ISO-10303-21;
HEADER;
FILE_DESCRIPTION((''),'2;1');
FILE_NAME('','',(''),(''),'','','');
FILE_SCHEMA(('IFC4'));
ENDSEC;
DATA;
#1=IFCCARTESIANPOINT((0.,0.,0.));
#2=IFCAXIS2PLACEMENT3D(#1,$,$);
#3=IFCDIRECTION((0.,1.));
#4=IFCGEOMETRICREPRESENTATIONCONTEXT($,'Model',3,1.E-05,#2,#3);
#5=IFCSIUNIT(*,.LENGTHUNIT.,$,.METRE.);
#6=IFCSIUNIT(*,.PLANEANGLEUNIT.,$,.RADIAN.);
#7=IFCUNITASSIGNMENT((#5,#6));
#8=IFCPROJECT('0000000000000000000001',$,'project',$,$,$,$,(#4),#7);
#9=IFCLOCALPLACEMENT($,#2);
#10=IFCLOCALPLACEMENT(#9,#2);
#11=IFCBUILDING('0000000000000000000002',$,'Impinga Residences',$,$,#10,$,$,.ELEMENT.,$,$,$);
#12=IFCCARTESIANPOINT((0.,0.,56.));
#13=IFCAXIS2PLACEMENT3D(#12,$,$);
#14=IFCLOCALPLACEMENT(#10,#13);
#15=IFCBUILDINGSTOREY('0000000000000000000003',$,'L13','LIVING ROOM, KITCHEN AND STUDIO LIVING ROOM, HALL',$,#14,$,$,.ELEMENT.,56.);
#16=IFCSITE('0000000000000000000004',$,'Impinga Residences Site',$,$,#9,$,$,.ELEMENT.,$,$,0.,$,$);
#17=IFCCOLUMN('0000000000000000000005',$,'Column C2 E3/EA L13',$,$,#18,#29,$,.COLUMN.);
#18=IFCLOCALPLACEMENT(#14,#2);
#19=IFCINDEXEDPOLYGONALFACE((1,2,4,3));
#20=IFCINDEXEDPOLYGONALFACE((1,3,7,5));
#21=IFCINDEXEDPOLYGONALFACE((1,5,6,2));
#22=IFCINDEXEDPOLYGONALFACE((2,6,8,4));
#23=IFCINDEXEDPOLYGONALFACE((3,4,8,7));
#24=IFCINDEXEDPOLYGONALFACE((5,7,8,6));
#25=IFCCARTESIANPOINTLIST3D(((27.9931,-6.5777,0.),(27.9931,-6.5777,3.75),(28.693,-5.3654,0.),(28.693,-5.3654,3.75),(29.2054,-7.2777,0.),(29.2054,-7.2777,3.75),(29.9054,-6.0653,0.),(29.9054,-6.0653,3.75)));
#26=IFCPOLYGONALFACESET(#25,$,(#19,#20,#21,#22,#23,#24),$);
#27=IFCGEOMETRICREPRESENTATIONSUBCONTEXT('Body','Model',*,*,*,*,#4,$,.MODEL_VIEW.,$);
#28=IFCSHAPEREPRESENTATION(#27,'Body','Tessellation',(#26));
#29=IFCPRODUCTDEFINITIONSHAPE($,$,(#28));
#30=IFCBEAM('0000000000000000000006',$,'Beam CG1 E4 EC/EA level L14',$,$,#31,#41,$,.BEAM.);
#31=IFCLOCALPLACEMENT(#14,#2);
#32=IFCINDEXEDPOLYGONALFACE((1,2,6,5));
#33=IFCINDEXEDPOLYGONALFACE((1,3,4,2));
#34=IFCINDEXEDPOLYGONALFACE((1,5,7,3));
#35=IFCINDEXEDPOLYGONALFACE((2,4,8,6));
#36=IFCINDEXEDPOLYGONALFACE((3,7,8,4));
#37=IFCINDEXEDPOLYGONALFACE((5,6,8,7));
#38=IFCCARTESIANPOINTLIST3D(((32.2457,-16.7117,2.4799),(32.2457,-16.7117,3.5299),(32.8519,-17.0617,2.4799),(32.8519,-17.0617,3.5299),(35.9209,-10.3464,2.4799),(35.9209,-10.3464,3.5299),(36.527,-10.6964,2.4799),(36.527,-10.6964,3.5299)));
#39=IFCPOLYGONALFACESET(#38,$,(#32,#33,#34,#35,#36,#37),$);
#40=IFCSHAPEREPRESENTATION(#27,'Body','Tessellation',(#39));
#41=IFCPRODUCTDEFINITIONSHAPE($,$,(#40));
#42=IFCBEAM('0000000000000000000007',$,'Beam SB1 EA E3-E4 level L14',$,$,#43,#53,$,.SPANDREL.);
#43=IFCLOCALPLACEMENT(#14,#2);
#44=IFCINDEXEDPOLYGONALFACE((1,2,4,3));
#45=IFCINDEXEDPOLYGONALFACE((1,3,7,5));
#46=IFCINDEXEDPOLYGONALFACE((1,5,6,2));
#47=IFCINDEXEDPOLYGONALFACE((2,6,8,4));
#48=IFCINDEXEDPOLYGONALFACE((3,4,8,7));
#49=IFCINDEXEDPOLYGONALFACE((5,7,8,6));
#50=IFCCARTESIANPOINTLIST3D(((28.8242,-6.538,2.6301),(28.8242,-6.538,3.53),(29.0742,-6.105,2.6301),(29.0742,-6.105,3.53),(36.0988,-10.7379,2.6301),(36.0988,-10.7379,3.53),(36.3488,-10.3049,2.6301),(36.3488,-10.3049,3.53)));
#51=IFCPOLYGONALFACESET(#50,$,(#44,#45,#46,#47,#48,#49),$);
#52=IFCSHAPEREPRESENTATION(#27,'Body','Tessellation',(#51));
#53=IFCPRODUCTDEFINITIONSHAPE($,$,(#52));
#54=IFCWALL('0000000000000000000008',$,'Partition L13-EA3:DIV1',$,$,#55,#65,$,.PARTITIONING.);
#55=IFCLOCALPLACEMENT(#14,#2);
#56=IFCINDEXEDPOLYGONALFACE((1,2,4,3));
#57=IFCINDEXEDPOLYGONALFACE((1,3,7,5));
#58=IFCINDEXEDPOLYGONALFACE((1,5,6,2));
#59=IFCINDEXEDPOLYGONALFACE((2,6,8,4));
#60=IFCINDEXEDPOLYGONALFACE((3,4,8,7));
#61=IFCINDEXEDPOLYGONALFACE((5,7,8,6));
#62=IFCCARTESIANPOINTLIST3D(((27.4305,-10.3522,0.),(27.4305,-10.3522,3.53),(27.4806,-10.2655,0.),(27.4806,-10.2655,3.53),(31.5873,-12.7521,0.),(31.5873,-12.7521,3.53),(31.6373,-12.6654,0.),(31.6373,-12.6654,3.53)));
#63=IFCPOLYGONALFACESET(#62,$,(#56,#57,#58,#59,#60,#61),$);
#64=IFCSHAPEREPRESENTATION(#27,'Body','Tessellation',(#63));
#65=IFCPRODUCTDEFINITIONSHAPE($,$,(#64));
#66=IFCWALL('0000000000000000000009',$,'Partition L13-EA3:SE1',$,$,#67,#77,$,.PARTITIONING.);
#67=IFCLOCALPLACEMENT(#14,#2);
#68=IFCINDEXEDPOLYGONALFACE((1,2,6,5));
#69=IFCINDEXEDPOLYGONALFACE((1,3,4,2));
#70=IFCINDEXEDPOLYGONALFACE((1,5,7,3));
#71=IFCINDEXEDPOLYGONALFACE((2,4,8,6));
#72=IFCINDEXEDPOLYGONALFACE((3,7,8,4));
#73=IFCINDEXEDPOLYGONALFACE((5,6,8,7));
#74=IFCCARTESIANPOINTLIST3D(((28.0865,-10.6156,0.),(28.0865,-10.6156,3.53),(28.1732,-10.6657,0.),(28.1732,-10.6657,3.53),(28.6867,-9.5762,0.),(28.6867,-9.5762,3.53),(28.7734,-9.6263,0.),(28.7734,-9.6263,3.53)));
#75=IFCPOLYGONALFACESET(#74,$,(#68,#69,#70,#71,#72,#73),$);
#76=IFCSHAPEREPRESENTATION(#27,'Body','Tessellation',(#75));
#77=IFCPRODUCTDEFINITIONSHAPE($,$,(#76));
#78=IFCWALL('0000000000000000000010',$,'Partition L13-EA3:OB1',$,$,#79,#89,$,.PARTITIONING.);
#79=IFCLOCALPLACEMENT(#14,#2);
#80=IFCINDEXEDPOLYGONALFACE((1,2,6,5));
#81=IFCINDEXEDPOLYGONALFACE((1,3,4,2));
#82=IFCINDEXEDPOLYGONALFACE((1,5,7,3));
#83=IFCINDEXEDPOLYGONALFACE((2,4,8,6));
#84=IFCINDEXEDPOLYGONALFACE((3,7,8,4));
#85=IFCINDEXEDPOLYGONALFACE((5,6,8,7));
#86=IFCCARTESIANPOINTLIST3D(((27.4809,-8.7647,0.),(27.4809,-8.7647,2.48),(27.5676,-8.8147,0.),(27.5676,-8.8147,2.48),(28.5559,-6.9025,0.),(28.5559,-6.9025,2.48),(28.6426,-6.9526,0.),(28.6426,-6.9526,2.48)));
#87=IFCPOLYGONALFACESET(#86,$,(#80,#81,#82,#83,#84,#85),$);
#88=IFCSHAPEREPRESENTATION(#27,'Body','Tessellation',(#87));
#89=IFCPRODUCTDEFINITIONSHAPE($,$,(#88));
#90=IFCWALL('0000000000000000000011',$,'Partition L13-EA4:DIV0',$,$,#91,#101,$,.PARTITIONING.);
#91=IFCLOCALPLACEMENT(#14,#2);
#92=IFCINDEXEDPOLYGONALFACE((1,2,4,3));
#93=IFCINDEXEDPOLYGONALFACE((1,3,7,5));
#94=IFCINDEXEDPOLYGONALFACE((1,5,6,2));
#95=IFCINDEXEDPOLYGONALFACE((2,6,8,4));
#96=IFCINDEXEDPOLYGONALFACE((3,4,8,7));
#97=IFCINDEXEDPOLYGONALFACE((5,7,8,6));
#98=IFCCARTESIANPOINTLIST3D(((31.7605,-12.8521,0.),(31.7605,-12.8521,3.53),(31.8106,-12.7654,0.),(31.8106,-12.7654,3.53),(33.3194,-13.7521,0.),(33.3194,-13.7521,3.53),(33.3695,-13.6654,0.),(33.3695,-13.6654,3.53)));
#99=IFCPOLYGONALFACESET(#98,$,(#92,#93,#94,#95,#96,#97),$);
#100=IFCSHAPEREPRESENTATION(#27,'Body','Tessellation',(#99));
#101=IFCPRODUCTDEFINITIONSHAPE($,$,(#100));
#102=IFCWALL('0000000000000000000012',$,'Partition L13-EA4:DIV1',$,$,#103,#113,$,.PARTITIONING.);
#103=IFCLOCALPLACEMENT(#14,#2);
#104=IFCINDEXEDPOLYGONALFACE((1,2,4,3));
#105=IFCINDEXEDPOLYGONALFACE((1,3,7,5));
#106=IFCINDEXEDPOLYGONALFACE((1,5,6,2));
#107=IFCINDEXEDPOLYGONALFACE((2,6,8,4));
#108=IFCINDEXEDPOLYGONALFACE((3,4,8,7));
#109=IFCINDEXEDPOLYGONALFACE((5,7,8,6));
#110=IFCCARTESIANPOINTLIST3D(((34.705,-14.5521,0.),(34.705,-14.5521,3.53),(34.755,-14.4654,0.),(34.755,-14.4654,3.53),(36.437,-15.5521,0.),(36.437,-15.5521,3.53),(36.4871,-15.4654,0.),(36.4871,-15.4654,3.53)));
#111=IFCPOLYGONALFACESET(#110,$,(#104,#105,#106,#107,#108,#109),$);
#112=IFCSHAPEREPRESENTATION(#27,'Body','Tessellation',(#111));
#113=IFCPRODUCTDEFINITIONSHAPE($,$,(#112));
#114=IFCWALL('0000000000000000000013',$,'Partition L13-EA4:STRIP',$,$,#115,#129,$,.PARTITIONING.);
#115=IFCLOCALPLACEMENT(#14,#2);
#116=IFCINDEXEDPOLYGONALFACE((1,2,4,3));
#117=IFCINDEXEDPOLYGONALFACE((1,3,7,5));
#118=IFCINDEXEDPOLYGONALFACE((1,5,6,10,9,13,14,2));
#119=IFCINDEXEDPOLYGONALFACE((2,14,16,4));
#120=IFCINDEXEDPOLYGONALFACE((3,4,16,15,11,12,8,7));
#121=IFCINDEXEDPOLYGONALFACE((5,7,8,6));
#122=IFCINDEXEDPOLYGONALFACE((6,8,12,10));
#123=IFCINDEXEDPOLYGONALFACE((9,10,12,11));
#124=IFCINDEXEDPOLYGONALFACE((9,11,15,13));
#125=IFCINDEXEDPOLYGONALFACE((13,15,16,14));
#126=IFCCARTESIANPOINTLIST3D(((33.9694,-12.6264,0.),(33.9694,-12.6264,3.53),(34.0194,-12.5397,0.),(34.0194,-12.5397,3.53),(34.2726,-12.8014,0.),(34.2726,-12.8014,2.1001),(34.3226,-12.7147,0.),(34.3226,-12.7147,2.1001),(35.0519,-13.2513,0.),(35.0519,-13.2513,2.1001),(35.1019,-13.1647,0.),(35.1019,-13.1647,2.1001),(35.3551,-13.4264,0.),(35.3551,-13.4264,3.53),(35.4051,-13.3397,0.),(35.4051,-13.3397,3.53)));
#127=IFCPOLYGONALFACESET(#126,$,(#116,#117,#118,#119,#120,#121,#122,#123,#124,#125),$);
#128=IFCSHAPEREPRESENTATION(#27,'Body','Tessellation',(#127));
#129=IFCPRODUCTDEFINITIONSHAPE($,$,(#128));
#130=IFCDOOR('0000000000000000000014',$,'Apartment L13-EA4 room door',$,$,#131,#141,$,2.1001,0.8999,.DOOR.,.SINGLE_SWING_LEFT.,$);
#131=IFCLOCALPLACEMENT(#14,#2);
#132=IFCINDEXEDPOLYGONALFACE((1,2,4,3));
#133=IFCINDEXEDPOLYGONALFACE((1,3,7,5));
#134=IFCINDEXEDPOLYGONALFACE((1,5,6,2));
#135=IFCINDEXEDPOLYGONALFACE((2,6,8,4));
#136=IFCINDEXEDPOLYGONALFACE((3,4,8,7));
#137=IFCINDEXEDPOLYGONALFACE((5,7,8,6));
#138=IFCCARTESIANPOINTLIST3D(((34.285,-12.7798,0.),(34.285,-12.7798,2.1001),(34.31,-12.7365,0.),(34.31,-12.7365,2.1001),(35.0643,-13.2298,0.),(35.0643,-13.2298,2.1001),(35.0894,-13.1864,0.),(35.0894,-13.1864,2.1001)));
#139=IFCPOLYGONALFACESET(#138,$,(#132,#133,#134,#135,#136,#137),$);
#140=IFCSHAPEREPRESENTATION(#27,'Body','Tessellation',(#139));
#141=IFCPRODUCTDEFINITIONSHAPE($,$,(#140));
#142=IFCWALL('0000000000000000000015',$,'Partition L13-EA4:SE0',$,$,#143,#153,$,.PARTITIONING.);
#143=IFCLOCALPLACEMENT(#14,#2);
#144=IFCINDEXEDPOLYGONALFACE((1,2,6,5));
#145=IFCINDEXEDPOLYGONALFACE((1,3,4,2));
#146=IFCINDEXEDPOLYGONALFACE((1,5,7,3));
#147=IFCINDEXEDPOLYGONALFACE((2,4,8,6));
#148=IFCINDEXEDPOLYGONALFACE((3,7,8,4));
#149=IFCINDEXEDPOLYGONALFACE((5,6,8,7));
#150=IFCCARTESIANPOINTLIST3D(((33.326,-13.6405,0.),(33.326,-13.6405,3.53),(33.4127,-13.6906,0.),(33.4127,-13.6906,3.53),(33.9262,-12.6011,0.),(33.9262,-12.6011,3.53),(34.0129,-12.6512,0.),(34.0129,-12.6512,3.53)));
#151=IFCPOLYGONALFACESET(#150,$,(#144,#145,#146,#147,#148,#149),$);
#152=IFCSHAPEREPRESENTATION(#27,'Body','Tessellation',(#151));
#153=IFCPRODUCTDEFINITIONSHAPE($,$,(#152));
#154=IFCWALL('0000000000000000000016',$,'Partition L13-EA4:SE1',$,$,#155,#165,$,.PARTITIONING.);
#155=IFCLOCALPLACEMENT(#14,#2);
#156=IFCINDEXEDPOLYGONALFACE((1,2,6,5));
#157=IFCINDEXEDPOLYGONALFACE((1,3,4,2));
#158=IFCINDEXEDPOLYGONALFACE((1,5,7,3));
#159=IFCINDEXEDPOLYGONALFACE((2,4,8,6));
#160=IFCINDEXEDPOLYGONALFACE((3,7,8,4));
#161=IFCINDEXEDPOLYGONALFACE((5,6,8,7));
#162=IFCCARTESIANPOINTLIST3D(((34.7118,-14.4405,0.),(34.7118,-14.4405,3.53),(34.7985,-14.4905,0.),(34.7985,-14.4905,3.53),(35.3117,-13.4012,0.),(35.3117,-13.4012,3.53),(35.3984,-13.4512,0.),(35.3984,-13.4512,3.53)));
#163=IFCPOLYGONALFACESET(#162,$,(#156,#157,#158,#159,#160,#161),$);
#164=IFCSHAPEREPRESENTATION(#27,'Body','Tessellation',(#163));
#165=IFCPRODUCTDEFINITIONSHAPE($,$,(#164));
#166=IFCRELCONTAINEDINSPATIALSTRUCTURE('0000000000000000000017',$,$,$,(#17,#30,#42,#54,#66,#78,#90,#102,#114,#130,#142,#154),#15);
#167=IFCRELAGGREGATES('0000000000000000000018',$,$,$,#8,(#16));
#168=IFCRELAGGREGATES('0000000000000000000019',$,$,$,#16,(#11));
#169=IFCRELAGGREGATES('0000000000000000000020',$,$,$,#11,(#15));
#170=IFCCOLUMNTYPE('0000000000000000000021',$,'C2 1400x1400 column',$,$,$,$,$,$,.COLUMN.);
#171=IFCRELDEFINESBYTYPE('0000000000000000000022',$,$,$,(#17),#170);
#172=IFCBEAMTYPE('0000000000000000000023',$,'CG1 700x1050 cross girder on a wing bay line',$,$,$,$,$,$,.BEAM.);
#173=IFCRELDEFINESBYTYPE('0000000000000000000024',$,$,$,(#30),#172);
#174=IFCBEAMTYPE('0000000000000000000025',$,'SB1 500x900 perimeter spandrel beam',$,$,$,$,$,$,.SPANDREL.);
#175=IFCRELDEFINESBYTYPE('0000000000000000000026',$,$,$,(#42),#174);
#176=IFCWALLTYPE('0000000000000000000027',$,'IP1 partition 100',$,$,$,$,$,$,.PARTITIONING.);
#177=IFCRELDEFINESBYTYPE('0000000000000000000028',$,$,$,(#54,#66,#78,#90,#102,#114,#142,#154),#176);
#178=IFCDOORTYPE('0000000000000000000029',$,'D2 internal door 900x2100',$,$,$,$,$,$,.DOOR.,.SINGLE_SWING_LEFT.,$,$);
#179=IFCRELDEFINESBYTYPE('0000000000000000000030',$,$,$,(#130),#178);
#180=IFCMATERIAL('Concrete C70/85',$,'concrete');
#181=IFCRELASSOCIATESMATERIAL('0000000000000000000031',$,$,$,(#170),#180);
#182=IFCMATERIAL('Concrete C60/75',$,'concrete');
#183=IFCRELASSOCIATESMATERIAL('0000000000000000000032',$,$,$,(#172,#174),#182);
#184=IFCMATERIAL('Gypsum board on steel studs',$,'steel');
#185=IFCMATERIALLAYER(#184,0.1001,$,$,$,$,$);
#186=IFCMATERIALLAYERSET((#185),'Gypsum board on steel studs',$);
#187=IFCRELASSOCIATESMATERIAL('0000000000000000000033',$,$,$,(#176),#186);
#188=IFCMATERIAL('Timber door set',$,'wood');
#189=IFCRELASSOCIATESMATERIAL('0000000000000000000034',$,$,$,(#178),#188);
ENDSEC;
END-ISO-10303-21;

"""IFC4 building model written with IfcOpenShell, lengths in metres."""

from ifc_helpers import new_model, si_unit, direction, frame, frame_2d, origin, origin_2d, place, context, subcontext, project, spatial, rectangle, extrude, material, layer, layer_set, material_profile, profile_set, type_object, element, fill, save


model = new_model("IFC4")

# Units and contexts
model_context = context("Model", 3, precision=1e-05, world=origin(), true_north=direction((0.0, 1.0)))
body_context = subcontext(model_context, "Body", "Model", "MODEL_VIEW")
ifc_project = project(units=[si_unit("LENGTHUNIT", "METRE"), si_unit("PLANEANGLEUNIT", "RADIAN")], contexts=[model_context])

# Site, building, storey
site_placement = place(None, origin())
site = spatial("IfcSite", under=ifc_project, at=site_placement, Name="Impinga Residences Site", CompositionType="ELEMENT", RefElevation=0.0)
building_placement = place(site_placement, origin())
building = spatial("IfcBuilding", under=site, at=building_placement, Name="Impinga Residences", CompositionType="ELEMENT")
storey_placement = place(building_placement, frame((0.0, 0.0, 56.0)))
storey = spatial("IfcBuildingStorey", under=building, at=storey_placement, Name="L13", Description="LIVING ROOM, KITCHEN AND STUDIO LIVING ROOM, HALL", CompositionType="ELEMENT", Elevation=56.0)

# Column
ifc_material_1 = material(Name="Concrete C70/85", Category="concrete")
ifc_material_profile_1 = material_profile(ifc_material_1, rectangle(XDim=1.3999, YDim=1.3999, at=origin_2d()), Name="RC 1400x1400")
ifc_profile_set_1 = profile_set([ifc_material_profile_1], Name="Concrete C70/85")
column_type = type_object("IfcColumnType", Name="C2 1400x1400 column", PredefinedType="COLUMN", material=ifc_profile_set_1)
column_placement = place(storey_placement, frame((28.9492, -6.3215, 0.0), z_axis=(0.0, 0.0, 1.0), x_axis=(-0.5, -0.866025, 0.0)))
element("IfcColumn", 1, at=column_placement, inside=storey, type_object=column_type, Name="Column C2 E3/EA L13", PredefinedType="COLUMN", context=body_context, shape_type="SweptSolid", body=[
    extrude(rectangle(XDim=1.3999, YDim=1.3999, at=origin_2d()), origin(), (0.0, 0.0, 1.0), 3.75),
])

# Beams
ifc_material_2 = material(Name="Concrete C60/75", Category="concrete")
ifc_material_profile_2 = material_profile(ifc_material_2, rectangle(XDim=0.7, YDim=1.05, at=origin_2d()), Name="RC 700x1050")
ifc_profile_set_2 = profile_set([ifc_material_profile_2], Name="Concrete C60/75")
beam_type_1 = type_object("IfcBeamType", Name="CG1 700x1050 cross girder on a wing bay line", PredefinedType="BEAM", material=ifc_profile_set_2)
beam_1_placement = place(storey_placement, frame((32.5488, -16.8867, 3.0049), z_axis=(0.500008, 0.866021, 0.0), x_axis=(-0.866021, 0.500008, 0.0)))
element("IfcBeam", 2, at=beam_1_placement, inside=storey, type_object=beam_type_1, Name="Beam CG1 E4 EC/EA level L14", PredefinedType="BEAM", context=body_context, shape_type="SweptSolid", body=[
    extrude(rectangle(XDim=0.7, YDim=1.05, at=origin_2d()), origin(), (0.0, 0.0, 1.0), 7.3501),
])
ifc_material_profile_3 = material_profile(ifc_material_2, rectangle(XDim=0.5, YDim=0.8999, at=origin_2d()), Name="RC 500x900")
ifc_profile_set_3 = profile_set([ifc_material_profile_3], Name="Concrete C60/75")
beam_type_2 = type_object("IfcBeamType", Name="SB1 500x900 perimeter spandrel beam", PredefinedType="SPANDREL", material=ifc_profile_set_3)
beam_2_placement = place(storey_placement, frame((28.9492, -6.3215, 3.0801), z_axis=(0.866029, -0.499993, 0.0), x_axis=(0.499993, 0.866029, 0.0)))
element("IfcBeam", 3, at=beam_2_placement, inside=storey, type_object=beam_type_2, Name="Beam SB1 EA E3-E4 level L14", PredefinedType="SPANDREL", context=body_context, shape_type="SweptSolid", body=[
    extrude(rectangle(XDim=0.5, YDim=0.8999, at=origin_2d()), origin(), (0.0, 0.0, 1.0), 8.3999),
])

# Walls
ifc_material_3 = material(Name="Gypsum board on steel studs", Category="steel")
ifc_layer_1 = layer(ifc_material_3, 0.1001)
ifc_layer_set_1 = layer_set([ifc_layer_1], Name="Gypsum board on steel studs")
wall_type_1 = type_object("IfcWallType", Name="IP1 partition 100", PredefinedType="PARTITIONING", material=ifc_layer_set_1)
wall_1_placement = place(storey_placement, frame((27.4556, -10.3088, 0.0), z_axis=(0.0, 0.0, 1.0), x_axis=(0.866025, -0.500001, 0.0)))
element("IfcWall", 4, at=wall_1_placement, inside=storey, type_object=wall_type_1, Name="Partition L13-EA3:DIV1", PredefinedType="PARTITIONING", context=body_context, shape_type="SweptSolid", body=[
    extrude(rectangle(XDim=4.7998, YDim=0.1001, at=frame_2d((2.3999, 0.0))), origin(), (0.0, 0.0, 1.0), 3.53),
])
wall_2_placement = place(storey_placement, frame((28.1299, -10.6406, 0.0), z_axis=(0.0, 0.0, 1.0), x_axis=(0.500034, 0.866006, 0.0)))
element("IfcWall", 5, at=wall_2_placement, inside=storey, type_object=wall_type_1, Name="Partition L13-EA3:SE1", PredefinedType="PARTITIONING", context=body_context, shape_type="SweptSolid", body=[
    extrude(rectangle(XDim=1.2002, YDim=0.1001, at=frame_2d((0.6001, 0.0))), origin(), (0.0, 0.0, 1.0), 3.53),
])
wall_3_placement = place(storey_placement, frame((27.5242, -8.7898, 0.0), z_axis=(0.0, 0.0, 1.0), x_axis=(0.499962, 0.866048, 0.0)))
element("IfcWall", 6, at=wall_3_placement, inside=storey, type_object=wall_type_1, Name="Partition L13-EA3:OB1", PredefinedType="PARTITIONING", context=body_context, shape_type="SweptSolid", body=[
    extrude(rectangle(XDim=2.1501, YDim=0.1001, at=frame_2d((1.0752, 0.0))), origin(), (0.0, 0.0, 1.0), 2.48),
])
wall_4_placement = place(storey_placement, frame((31.7856, -12.8088, 0.0), z_axis=(0.0, 0.0, 1.0), x_axis=(0.866048, -0.499961, 0.0)))
element("IfcWall", 7, at=wall_4_placement, inside=storey, type_object=wall_type_1, Name="Partition L13-EA4:DIV0", PredefinedType="PARTITIONING", context=body_context, shape_type="SweptSolid", body=[
    extrude(rectangle(XDim=1.8, YDim=0.1001, at=frame_2d((0.8999, 0.0))), origin(), (0.0, 0.0, 1.0), 3.53),
])
wall_5_placement = place(storey_placement, frame((34.73, -14.5088, 0.0), z_axis=(0.0, 0.0, 1.0), x_axis=(0.866041, -0.499973, 0.0)))
element("IfcWall", 8, at=wall_5_placement, inside=storey, type_object=wall_type_1, Name="Partition L13-EA4:DIV1", PredefinedType="PARTITIONING", context=body_context, shape_type="SweptSolid", body=[
    extrude(rectangle(XDim=2.0, YDim=0.1001, at=frame_2d((1.0, 0.0))), origin(), (0.0, 0.0, 1.0), 3.53),
])

# Wall, opening, door
wall_6_placement = place(storey_placement, frame((33.9944, -12.583, 0.0), z_axis=(0.0, 0.0, 1.0), x_axis=(0.866028, -0.499995, 0.0)))
wall_6 = element("IfcWall", 9, at=wall_6_placement, inside=storey, type_object=wall_type_1, Name="Partition L13-EA4:STRIP", PredefinedType="PARTITIONING", context=body_context, shape_type="SweptSolid", body=[
    extrude(rectangle(XDim=1.6001, YDim=0.1001, at=frame_2d((0.8, 0.0))), origin(), (0.0, 0.0, 1.0), 3.53),
])
opening_1_placement = place(wall_6_placement, frame((0.3501, 0.0, 0.0)))
opening_1 = element("IfcOpeningElement", 10, at=opening_1_placement, cuts=wall_6, PredefinedType="OPENING", context=body_context, shape_type="SweptSolid", body=[
    extrude(rectangle(XDim=0.8999, YDim=2.1001, at=frame_2d((0.45, 1.05))), frame((0.0, 0.0601, 0.0), z_axis=(0.0, -1.0, 0.0), x_axis=(1.0, 0.0, 0.0)), (0.0, 0.0, 1.0), 0.1201),
])
ifc_material_4 = material(Name="Timber door set", Category="wood")
door_type = type_object("IfcDoorType", Name="D2 internal door 900x2100", OperationType="SINGLE_SWING_LEFT", PredefinedType="DOOR", material=ifc_material_4)
door_1_placement = place(opening_1_placement, origin())
door_1 = element("IfcDoor", 11, at=door_1_placement, inside=storey, type_object=door_type, Name="Apartment L13-EA4 room door", OperationType="SINGLE_SWING_LEFT", OverallHeight=2.1001, OverallWidth=0.8999, PredefinedType="DOOR", context=body_context, shape_type="SweptSolid", body=[
    extrude(rectangle(XDim=0.8999, YDim=2.1001, at=frame_2d((0.45, 1.05))), frame((0.0, 0.0249, 0.0), z_axis=(0.0, -1.0, 0.0), x_axis=(1.0, 0.0, 0.0)), (0.0, 0.0, 1.0), 0.05),
])
fill(opening_1, door_1)

# Walls
wall_7_placement = place(storey_placement, frame((33.3694, -13.6655, 0.0), z_axis=(0.0, 0.0, 1.0), x_axis=(0.500034, 0.866006, 0.0)))
element("IfcWall", 12, at=wall_7_placement, inside=storey, type_object=wall_type_1, Name="Partition L13-EA4:SE0", PredefinedType="PARTITIONING", context=body_context, shape_type="SweptSolid", body=[
    extrude(rectangle(XDim=1.2002, YDim=0.1001, at=frame_2d((0.6001, 0.0))), origin(), (0.0, 0.0, 1.0), 3.53),
])
wall_8_placement = place(storey_placement, frame((34.7551, -14.4656, 0.0), z_axis=(0.0, 0.0, 1.0), x_axis=(0.499881, 0.866094, 0.0)))
element("IfcWall", 13, at=wall_8_placement, inside=storey, type_object=wall_type_1, Name="Partition L13-EA4:SE1", PredefinedType="PARTITIONING", context=body_context, shape_type="SweptSolid", body=[
    extrude(rectangle(XDim=1.2, YDim=0.1001, at=frame_2d((0.6001, 0.0))), origin(), (0.0, 0.0, 1.0), 3.53),
])

save(model, "model.ifc")
